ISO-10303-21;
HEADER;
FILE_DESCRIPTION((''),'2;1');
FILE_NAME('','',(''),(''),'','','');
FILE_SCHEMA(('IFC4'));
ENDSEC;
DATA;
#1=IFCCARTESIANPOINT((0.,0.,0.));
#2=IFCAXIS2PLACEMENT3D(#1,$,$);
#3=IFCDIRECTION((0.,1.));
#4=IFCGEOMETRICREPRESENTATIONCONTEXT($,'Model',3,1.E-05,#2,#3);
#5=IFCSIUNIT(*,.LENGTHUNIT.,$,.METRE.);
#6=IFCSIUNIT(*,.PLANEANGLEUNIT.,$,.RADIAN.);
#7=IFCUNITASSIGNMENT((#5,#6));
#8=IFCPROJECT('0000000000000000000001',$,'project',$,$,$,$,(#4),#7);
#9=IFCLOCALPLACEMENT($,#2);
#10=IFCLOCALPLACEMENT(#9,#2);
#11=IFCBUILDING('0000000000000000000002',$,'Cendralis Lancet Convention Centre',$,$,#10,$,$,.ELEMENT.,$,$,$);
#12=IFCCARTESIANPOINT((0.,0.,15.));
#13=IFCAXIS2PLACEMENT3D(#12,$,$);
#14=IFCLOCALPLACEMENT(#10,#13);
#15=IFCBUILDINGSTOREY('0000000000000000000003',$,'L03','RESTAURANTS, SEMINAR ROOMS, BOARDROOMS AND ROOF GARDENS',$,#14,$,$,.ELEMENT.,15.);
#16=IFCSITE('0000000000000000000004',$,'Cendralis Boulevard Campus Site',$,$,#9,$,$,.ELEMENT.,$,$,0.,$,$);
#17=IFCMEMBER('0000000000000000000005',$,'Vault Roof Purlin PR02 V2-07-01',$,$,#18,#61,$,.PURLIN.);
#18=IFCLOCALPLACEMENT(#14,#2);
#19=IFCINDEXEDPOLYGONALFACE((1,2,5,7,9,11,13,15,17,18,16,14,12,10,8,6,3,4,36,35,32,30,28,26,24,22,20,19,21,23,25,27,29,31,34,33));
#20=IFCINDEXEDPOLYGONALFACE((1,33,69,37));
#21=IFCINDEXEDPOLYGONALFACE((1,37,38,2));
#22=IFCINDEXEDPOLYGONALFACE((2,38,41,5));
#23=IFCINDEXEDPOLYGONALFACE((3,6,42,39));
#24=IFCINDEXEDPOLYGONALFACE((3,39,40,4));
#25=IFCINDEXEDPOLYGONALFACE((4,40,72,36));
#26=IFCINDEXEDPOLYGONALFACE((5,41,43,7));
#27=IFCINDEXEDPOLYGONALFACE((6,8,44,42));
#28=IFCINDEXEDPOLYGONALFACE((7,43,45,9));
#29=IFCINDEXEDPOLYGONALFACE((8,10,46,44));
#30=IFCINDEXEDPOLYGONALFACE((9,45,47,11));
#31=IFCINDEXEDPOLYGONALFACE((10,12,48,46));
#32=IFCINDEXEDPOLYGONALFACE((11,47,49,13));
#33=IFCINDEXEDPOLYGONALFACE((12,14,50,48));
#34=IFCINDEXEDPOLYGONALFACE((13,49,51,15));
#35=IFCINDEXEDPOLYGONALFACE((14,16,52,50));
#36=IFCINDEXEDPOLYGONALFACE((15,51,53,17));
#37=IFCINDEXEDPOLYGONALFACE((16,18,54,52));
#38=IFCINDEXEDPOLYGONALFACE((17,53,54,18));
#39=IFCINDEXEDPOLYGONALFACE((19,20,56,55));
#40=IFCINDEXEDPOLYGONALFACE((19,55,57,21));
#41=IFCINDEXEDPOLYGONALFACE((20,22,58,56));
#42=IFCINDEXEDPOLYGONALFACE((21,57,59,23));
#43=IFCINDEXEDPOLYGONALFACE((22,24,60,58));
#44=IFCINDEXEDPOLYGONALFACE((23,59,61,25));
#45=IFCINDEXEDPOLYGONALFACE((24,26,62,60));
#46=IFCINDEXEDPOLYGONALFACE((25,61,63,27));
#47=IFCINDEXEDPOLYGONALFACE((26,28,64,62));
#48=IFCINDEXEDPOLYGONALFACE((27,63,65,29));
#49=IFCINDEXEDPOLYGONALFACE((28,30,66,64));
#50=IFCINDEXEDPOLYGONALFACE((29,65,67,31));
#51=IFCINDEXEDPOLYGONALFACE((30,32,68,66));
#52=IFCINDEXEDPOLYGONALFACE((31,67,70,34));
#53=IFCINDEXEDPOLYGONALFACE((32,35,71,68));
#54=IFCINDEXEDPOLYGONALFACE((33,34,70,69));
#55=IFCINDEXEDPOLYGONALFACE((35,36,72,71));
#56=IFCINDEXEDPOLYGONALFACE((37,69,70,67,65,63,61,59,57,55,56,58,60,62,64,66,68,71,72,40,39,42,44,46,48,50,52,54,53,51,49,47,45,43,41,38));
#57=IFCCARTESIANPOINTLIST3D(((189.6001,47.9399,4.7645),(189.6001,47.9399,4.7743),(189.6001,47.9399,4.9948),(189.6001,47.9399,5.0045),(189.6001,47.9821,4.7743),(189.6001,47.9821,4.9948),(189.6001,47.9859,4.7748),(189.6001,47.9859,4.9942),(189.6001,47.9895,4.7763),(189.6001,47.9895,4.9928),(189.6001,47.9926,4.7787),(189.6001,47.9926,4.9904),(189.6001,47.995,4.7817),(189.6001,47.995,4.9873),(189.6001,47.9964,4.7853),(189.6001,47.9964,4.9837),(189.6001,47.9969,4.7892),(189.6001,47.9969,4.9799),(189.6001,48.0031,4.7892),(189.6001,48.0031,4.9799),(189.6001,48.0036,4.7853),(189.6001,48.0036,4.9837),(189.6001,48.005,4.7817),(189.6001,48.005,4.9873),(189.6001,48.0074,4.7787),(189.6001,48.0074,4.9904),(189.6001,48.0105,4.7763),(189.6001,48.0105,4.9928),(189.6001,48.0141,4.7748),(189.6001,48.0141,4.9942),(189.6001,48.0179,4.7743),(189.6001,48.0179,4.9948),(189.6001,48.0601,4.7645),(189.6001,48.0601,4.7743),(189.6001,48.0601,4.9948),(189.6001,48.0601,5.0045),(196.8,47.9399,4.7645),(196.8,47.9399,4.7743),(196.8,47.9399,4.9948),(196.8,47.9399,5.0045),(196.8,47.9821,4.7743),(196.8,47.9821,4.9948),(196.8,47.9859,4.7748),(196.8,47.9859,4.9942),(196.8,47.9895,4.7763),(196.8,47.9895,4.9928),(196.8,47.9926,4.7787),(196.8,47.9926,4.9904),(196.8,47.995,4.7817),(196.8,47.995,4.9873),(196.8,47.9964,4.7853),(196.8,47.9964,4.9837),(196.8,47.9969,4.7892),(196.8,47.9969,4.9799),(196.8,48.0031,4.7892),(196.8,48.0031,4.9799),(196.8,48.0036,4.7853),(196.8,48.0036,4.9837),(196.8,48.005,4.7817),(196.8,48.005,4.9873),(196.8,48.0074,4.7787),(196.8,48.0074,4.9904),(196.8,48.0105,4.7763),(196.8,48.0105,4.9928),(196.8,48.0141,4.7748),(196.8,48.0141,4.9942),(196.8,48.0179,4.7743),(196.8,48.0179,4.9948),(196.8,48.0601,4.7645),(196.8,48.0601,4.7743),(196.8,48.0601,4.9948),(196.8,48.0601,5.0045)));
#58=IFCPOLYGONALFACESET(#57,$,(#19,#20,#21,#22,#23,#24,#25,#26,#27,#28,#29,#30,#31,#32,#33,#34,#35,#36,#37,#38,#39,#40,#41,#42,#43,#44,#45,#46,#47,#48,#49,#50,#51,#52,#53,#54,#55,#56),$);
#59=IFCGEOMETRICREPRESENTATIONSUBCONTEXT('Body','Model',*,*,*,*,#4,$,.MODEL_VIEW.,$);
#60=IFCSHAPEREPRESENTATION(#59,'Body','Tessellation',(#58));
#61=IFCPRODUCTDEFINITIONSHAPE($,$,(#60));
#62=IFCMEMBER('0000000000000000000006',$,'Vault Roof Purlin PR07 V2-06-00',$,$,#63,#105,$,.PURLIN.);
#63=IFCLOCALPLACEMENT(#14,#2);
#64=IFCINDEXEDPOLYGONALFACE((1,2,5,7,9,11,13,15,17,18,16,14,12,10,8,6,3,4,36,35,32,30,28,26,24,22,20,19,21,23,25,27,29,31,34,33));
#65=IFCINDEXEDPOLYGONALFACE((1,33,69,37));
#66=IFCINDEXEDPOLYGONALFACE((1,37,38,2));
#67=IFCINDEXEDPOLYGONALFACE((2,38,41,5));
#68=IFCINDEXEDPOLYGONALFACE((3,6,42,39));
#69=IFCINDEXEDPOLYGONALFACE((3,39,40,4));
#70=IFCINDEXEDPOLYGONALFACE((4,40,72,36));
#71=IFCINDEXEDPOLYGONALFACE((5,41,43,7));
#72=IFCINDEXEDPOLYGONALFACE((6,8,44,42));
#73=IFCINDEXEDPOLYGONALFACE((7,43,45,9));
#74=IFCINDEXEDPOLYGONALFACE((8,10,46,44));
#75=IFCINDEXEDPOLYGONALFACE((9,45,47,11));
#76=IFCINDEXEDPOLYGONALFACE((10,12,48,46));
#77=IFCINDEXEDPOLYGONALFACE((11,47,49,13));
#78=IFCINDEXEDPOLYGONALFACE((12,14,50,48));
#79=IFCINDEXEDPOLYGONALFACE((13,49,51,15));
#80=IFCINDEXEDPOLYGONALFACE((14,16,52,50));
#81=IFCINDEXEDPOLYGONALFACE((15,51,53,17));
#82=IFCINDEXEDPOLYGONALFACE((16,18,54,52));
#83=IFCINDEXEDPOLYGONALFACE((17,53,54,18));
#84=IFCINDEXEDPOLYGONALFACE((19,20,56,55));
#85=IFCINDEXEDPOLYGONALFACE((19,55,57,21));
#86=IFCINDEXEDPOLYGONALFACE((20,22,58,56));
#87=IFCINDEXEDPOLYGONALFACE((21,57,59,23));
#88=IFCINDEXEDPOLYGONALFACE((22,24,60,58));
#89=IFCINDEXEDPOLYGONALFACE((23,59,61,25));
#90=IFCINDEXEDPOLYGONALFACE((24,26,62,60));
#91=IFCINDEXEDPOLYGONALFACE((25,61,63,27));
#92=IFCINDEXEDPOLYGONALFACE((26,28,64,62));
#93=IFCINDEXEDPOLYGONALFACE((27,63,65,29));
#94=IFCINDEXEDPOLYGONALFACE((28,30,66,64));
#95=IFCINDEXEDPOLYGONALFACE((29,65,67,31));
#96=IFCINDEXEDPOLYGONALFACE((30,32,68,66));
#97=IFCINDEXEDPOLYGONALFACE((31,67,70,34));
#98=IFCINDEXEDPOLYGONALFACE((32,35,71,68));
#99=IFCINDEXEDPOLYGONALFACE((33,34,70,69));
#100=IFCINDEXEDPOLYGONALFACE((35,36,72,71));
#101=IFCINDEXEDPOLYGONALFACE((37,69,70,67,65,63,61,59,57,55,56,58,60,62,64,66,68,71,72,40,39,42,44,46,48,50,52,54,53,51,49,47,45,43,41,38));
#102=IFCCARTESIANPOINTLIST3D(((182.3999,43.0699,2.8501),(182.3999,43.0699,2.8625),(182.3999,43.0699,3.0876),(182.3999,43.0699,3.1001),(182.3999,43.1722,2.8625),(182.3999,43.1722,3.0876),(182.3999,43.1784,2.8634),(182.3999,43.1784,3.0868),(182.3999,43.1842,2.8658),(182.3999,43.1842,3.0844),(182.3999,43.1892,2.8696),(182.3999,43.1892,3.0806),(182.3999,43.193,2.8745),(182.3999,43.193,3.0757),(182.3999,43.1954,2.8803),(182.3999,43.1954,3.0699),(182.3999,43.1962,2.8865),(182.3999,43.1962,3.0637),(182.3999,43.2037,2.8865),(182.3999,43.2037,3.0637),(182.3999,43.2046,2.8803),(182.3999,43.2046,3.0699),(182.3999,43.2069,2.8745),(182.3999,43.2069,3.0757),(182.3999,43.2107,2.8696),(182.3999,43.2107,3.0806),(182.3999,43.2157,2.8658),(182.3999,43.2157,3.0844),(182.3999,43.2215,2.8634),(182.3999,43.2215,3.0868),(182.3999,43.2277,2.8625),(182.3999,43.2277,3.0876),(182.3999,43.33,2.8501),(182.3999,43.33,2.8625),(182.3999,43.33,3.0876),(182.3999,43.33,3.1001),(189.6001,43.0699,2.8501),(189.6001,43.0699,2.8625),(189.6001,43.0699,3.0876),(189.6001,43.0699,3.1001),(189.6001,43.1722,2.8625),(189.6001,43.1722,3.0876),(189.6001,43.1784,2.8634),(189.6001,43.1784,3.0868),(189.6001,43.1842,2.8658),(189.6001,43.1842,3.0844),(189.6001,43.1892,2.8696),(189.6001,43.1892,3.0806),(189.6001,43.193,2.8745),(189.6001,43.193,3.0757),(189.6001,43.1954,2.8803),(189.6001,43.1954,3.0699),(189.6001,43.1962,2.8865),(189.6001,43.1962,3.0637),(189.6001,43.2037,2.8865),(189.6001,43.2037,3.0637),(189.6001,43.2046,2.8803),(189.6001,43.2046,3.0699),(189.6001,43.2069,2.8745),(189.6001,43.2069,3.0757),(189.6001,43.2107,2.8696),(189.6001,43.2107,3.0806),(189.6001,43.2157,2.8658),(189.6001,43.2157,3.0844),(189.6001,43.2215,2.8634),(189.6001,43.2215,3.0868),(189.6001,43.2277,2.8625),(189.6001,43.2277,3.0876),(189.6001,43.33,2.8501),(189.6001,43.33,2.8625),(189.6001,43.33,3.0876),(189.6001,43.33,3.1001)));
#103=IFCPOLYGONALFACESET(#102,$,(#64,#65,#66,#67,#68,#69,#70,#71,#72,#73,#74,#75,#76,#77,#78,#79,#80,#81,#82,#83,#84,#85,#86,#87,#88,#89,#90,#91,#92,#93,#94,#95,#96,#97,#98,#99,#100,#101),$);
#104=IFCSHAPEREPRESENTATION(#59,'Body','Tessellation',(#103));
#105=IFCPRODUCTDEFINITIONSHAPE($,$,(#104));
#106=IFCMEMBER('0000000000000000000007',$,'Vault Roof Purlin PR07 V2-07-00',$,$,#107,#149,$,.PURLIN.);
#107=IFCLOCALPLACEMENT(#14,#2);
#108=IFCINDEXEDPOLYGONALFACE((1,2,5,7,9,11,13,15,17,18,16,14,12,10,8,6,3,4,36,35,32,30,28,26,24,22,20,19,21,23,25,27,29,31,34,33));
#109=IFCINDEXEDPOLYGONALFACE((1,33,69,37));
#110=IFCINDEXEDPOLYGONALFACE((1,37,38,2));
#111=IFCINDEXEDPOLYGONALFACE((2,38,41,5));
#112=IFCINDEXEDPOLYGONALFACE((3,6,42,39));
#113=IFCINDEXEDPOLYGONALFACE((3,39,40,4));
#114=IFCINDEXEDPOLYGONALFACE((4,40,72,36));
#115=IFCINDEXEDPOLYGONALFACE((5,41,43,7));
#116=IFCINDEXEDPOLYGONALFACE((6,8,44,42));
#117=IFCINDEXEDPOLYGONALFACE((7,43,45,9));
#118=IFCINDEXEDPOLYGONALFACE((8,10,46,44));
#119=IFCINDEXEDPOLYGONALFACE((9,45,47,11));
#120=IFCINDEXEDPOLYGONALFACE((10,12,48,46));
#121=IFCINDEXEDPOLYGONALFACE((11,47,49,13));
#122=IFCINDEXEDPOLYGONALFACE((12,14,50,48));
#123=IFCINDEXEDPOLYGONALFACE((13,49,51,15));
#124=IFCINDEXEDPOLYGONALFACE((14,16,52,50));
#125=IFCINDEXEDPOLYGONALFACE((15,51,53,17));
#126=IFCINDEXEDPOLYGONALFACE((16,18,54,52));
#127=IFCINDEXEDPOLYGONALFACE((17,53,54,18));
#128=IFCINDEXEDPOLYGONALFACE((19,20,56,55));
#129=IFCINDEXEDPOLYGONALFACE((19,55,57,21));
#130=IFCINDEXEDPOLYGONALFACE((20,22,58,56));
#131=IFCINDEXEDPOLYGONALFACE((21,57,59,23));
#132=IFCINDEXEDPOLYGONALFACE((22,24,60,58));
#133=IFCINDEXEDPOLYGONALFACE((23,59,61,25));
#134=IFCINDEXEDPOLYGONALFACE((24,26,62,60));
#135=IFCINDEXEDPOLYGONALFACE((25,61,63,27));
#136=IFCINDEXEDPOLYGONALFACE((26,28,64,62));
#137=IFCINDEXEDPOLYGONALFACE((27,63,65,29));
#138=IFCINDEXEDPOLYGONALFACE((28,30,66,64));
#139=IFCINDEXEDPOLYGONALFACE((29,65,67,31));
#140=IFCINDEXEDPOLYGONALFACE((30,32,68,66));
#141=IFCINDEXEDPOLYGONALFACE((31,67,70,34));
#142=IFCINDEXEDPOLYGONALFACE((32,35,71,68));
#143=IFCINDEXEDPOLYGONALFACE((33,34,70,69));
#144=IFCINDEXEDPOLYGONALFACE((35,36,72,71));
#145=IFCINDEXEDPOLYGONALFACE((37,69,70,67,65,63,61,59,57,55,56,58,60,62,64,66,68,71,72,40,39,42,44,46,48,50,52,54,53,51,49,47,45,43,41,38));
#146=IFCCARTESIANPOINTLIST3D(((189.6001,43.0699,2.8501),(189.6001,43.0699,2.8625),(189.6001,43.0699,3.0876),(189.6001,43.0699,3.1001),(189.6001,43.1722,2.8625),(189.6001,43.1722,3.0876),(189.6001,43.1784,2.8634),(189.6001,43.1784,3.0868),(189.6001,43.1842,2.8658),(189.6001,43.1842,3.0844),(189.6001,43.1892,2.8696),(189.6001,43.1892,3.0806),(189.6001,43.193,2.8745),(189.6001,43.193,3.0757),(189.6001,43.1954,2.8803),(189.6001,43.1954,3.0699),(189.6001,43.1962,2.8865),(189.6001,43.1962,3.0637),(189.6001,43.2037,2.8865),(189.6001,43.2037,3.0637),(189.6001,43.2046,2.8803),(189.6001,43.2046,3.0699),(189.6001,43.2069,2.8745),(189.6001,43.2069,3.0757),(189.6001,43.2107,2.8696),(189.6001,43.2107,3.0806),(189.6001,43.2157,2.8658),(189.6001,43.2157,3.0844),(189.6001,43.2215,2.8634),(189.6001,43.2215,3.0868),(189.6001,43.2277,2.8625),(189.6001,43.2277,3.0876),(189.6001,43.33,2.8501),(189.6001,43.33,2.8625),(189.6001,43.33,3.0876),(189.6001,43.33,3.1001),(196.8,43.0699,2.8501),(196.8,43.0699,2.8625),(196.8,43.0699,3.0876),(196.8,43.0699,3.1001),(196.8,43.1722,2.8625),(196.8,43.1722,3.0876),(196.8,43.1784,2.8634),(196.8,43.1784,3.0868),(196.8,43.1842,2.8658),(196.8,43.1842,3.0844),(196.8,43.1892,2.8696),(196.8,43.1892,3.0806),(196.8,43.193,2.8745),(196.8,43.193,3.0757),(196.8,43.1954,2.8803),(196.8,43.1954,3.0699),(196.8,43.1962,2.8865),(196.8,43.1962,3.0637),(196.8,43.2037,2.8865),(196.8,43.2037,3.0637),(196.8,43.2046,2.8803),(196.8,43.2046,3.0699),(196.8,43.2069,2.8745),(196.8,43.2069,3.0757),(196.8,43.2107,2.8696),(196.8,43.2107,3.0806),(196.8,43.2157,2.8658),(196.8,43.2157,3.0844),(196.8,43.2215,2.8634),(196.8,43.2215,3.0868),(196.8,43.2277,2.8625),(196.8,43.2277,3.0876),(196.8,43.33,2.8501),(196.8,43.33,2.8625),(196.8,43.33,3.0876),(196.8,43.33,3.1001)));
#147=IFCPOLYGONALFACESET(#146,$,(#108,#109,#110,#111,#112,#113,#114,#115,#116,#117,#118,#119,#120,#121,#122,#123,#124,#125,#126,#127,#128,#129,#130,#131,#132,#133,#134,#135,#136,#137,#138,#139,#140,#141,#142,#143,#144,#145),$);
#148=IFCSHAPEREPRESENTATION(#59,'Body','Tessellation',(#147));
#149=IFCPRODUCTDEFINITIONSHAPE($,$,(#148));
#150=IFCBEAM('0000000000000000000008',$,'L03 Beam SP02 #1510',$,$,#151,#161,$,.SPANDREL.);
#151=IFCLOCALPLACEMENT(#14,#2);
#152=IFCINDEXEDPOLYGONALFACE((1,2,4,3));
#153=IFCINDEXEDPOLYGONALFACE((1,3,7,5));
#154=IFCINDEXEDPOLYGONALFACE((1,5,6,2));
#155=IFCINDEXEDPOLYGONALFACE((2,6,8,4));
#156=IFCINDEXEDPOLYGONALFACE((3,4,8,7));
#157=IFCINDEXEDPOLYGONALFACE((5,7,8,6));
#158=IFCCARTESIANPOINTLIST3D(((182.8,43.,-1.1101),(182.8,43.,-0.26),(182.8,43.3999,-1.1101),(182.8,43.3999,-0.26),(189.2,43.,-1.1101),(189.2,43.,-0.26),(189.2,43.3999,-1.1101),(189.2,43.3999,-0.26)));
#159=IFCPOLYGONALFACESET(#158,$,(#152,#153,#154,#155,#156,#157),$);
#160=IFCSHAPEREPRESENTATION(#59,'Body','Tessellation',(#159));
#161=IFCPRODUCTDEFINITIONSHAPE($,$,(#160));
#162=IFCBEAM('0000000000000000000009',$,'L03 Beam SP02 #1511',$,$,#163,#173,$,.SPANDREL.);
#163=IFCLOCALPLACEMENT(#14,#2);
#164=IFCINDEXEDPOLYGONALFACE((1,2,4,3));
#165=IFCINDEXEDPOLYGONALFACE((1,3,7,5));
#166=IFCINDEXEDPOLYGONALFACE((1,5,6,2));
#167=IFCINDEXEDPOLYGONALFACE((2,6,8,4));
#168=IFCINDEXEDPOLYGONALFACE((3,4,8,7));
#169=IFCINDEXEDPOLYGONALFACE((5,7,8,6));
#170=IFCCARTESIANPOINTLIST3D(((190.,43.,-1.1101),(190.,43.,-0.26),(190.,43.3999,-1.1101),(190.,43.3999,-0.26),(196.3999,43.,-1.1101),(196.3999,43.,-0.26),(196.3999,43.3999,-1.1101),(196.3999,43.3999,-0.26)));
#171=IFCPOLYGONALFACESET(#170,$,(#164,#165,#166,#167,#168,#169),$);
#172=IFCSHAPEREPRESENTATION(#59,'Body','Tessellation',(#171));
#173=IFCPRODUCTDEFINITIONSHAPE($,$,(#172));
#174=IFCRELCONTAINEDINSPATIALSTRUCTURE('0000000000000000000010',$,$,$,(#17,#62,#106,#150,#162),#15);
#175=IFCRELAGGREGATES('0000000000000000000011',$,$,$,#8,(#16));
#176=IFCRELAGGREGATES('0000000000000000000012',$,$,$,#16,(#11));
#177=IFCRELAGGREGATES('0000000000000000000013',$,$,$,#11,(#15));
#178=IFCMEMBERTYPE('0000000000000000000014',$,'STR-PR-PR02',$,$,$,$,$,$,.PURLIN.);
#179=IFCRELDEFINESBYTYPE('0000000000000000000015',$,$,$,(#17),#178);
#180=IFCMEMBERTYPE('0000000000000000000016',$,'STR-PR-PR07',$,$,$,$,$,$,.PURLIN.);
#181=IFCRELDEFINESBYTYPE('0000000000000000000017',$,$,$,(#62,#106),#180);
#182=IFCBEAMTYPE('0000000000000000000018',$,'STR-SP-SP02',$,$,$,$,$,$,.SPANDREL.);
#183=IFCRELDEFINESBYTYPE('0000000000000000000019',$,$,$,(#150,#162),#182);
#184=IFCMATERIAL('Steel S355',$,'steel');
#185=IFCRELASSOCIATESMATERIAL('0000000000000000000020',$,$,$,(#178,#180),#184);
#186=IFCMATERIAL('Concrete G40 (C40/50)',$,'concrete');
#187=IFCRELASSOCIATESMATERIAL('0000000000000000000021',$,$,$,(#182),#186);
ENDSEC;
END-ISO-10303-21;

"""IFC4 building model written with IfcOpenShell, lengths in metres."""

from ifc_helpers import new_model, si_unit, direction, frame, origin, origin_2d, place, context, subcontext, project, spatial, rectangle, i_section, extrude, material, material_profile, profile_set, type_object, element, save


model = new_model("IFC4")

# Units and contexts
model_context = context("Model", 3, precision=1e-05, world=origin(), true_north=direction((0.0, 1.0)))
body_context = subcontext(model_context, "Body", "Model", "MODEL_VIEW")
ifc_project = project(units=[si_unit("LENGTHUNIT", "METRE"), si_unit("PLANEANGLEUNIT", "RADIAN")], contexts=[model_context])

# Site, building, storey
site_placement = place(None, origin())
site = spatial("IfcSite", under=ifc_project, at=site_placement, Name="Cendralis Boulevard Campus Site", CompositionType="ELEMENT", RefElevation=0.0)
building_placement = place(site_placement, origin())
building = spatial("IfcBuilding", under=site, at=building_placement, Name="Cendralis Lancet Convention Centre", CompositionType="ELEMENT")
storey_placement = place(building_placement, frame((0.0, 0.0, 15.0)))
storey = spatial("IfcBuildingStorey", under=building, at=storey_placement, Name="L03", Description="RESTAURANTS, SEMINAR ROOMS, BOARDROOMS AND ROOF GARDENS", CompositionType="ELEMENT", Elevation=15.0)

# Shared definitions
ifc_material_1 = material(Name="Concrete G40 (C40/50)", Category="concrete")

# Members
ifc_material_2 = material(Name="Steel S355", Category="steel")
ifc_material_profile_1 = material_profile(ifc_material_2, i_section(OverallWidth=0.1201, OverallDepth=0.24, WebThickness=0.0061, FlangeThickness=0.0098, FilletRadius=0.0149, at=origin_2d()), Name="IPE 240")
ifc_profile_set_1 = profile_set([ifc_material_profile_1], Name="Steel S355")
member_type_1 = type_object("IfcMemberType", Name="STR-PR-PR02", PredefinedType="PURLIN", material=ifc_profile_set_1)
member_1_placement = place(storey_placement, frame((189.6001, 48.0, 4.8845), z_axis=(1.0, 0.0, 0.0), x_axis=(0.0, 1.0, 0.0)))
element("IfcMember", 1, at=member_1_placement, inside=storey, type_object=member_type_1, Name="Vault Roof Purlin PR02 V2-07-01", PredefinedType="PURLIN", context=body_context, shape_type="SweptSolid", body=[
    extrude(i_section(OverallWidth=0.1201, OverallDepth=0.24, WebThickness=0.0061, FlangeThickness=0.0098, FilletRadius=0.0149, at=origin_2d()), origin(), (0.0, 0.0, 1.0), 7.2),
])
ifc_material_profile_2 = material_profile(ifc_material_2, i_section(OverallWidth=0.26, OverallDepth=0.25, WebThickness=0.0076, FlangeThickness=0.0125, FilletRadius=0.0239, at=origin_2d()), Name="HEA 260")
ifc_profile_set_2 = profile_set([ifc_material_profile_2], Name="Steel S355")
member_type_2 = type_object("IfcMemberType", Name="STR-PR-PR07", PredefinedType="PURLIN", material=ifc_profile_set_2)
member_2_placement = place(storey_placement, frame((182.3999, 43.2, 2.9751), z_axis=(1.0, 0.0, 0.0), x_axis=(0.0, 1.0, 0.0)))
element("IfcMember", 2, at=member_2_placement, inside=storey, type_object=member_type_2, Name="Vault Roof Purlin PR07 V2-06-00", PredefinedType="PURLIN", context=body_context, shape_type="SweptSolid", body=[
    extrude(i_section(OverallWidth=0.26, OverallDepth=0.25, WebThickness=0.0076, FlangeThickness=0.0125, FilletRadius=0.0239, at=origin_2d()), origin(), (0.0, 0.0, 1.0), 7.2002),
])
member_3_placement = place(storey_placement, frame((189.6001, 43.2, 2.9751), z_axis=(1.0, 0.0, 0.0), x_axis=(0.0, 1.0, 0.0)))
element("IfcMember", 3, at=member_3_placement, inside=storey, type_object=member_type_2, Name="Vault Roof Purlin PR07 V2-07-00", PredefinedType="PURLIN", context=body_context, shape_type="SweptSolid", body=[
    extrude(i_section(OverallWidth=0.26, OverallDepth=0.25, WebThickness=0.0076, FlangeThickness=0.0125, FilletRadius=0.0239, at=origin_2d()), origin(), (0.0, 0.0, 1.0), 7.2),
])

# Beams
ifc_material_profile_3 = material_profile(ifc_material_1, rectangle(XDim=0.3999, YDim=0.8501, at=origin_2d()), Name="RCB 400x850")
ifc_profile_set_3 = profile_set([ifc_material_profile_3], Name="Concrete G40 (C40/50)")
beam_type_1 = type_object("IfcBeamType", Name="STR-SP-SP02", PredefinedType="SPANDREL", material=ifc_profile_set_3)
for number, where, z_axis, x_axis, name in (
    (4, (182.8, 43.2, -0.6851), (1.0, 0.0, 0.0), (0.0, 1.0, 0.0), "L03 Beam SP02 #1510"),
    (5, (190.0, 43.2, -0.6851), (1.0, 0.0, 0.0), (0.0, 1.0, 0.0), "L03 Beam SP02 #1511"),
):
    element("IfcBeam", number, at=place(storey_placement, frame(where, z_axis=z_axis, x_axis=x_axis)), inside=storey, type_object=beam_type_1, Name=name, PredefinedType="SPANDREL", context=body_context, shape_type="SweptSolid", body=[
        extrude(rectangle(XDim=0.3999, YDim=0.8501, at=origin_2d()), origin(), (0.0, 0.0, 1.0), 6.3999),
    ])

save(model, "model.ifc")
